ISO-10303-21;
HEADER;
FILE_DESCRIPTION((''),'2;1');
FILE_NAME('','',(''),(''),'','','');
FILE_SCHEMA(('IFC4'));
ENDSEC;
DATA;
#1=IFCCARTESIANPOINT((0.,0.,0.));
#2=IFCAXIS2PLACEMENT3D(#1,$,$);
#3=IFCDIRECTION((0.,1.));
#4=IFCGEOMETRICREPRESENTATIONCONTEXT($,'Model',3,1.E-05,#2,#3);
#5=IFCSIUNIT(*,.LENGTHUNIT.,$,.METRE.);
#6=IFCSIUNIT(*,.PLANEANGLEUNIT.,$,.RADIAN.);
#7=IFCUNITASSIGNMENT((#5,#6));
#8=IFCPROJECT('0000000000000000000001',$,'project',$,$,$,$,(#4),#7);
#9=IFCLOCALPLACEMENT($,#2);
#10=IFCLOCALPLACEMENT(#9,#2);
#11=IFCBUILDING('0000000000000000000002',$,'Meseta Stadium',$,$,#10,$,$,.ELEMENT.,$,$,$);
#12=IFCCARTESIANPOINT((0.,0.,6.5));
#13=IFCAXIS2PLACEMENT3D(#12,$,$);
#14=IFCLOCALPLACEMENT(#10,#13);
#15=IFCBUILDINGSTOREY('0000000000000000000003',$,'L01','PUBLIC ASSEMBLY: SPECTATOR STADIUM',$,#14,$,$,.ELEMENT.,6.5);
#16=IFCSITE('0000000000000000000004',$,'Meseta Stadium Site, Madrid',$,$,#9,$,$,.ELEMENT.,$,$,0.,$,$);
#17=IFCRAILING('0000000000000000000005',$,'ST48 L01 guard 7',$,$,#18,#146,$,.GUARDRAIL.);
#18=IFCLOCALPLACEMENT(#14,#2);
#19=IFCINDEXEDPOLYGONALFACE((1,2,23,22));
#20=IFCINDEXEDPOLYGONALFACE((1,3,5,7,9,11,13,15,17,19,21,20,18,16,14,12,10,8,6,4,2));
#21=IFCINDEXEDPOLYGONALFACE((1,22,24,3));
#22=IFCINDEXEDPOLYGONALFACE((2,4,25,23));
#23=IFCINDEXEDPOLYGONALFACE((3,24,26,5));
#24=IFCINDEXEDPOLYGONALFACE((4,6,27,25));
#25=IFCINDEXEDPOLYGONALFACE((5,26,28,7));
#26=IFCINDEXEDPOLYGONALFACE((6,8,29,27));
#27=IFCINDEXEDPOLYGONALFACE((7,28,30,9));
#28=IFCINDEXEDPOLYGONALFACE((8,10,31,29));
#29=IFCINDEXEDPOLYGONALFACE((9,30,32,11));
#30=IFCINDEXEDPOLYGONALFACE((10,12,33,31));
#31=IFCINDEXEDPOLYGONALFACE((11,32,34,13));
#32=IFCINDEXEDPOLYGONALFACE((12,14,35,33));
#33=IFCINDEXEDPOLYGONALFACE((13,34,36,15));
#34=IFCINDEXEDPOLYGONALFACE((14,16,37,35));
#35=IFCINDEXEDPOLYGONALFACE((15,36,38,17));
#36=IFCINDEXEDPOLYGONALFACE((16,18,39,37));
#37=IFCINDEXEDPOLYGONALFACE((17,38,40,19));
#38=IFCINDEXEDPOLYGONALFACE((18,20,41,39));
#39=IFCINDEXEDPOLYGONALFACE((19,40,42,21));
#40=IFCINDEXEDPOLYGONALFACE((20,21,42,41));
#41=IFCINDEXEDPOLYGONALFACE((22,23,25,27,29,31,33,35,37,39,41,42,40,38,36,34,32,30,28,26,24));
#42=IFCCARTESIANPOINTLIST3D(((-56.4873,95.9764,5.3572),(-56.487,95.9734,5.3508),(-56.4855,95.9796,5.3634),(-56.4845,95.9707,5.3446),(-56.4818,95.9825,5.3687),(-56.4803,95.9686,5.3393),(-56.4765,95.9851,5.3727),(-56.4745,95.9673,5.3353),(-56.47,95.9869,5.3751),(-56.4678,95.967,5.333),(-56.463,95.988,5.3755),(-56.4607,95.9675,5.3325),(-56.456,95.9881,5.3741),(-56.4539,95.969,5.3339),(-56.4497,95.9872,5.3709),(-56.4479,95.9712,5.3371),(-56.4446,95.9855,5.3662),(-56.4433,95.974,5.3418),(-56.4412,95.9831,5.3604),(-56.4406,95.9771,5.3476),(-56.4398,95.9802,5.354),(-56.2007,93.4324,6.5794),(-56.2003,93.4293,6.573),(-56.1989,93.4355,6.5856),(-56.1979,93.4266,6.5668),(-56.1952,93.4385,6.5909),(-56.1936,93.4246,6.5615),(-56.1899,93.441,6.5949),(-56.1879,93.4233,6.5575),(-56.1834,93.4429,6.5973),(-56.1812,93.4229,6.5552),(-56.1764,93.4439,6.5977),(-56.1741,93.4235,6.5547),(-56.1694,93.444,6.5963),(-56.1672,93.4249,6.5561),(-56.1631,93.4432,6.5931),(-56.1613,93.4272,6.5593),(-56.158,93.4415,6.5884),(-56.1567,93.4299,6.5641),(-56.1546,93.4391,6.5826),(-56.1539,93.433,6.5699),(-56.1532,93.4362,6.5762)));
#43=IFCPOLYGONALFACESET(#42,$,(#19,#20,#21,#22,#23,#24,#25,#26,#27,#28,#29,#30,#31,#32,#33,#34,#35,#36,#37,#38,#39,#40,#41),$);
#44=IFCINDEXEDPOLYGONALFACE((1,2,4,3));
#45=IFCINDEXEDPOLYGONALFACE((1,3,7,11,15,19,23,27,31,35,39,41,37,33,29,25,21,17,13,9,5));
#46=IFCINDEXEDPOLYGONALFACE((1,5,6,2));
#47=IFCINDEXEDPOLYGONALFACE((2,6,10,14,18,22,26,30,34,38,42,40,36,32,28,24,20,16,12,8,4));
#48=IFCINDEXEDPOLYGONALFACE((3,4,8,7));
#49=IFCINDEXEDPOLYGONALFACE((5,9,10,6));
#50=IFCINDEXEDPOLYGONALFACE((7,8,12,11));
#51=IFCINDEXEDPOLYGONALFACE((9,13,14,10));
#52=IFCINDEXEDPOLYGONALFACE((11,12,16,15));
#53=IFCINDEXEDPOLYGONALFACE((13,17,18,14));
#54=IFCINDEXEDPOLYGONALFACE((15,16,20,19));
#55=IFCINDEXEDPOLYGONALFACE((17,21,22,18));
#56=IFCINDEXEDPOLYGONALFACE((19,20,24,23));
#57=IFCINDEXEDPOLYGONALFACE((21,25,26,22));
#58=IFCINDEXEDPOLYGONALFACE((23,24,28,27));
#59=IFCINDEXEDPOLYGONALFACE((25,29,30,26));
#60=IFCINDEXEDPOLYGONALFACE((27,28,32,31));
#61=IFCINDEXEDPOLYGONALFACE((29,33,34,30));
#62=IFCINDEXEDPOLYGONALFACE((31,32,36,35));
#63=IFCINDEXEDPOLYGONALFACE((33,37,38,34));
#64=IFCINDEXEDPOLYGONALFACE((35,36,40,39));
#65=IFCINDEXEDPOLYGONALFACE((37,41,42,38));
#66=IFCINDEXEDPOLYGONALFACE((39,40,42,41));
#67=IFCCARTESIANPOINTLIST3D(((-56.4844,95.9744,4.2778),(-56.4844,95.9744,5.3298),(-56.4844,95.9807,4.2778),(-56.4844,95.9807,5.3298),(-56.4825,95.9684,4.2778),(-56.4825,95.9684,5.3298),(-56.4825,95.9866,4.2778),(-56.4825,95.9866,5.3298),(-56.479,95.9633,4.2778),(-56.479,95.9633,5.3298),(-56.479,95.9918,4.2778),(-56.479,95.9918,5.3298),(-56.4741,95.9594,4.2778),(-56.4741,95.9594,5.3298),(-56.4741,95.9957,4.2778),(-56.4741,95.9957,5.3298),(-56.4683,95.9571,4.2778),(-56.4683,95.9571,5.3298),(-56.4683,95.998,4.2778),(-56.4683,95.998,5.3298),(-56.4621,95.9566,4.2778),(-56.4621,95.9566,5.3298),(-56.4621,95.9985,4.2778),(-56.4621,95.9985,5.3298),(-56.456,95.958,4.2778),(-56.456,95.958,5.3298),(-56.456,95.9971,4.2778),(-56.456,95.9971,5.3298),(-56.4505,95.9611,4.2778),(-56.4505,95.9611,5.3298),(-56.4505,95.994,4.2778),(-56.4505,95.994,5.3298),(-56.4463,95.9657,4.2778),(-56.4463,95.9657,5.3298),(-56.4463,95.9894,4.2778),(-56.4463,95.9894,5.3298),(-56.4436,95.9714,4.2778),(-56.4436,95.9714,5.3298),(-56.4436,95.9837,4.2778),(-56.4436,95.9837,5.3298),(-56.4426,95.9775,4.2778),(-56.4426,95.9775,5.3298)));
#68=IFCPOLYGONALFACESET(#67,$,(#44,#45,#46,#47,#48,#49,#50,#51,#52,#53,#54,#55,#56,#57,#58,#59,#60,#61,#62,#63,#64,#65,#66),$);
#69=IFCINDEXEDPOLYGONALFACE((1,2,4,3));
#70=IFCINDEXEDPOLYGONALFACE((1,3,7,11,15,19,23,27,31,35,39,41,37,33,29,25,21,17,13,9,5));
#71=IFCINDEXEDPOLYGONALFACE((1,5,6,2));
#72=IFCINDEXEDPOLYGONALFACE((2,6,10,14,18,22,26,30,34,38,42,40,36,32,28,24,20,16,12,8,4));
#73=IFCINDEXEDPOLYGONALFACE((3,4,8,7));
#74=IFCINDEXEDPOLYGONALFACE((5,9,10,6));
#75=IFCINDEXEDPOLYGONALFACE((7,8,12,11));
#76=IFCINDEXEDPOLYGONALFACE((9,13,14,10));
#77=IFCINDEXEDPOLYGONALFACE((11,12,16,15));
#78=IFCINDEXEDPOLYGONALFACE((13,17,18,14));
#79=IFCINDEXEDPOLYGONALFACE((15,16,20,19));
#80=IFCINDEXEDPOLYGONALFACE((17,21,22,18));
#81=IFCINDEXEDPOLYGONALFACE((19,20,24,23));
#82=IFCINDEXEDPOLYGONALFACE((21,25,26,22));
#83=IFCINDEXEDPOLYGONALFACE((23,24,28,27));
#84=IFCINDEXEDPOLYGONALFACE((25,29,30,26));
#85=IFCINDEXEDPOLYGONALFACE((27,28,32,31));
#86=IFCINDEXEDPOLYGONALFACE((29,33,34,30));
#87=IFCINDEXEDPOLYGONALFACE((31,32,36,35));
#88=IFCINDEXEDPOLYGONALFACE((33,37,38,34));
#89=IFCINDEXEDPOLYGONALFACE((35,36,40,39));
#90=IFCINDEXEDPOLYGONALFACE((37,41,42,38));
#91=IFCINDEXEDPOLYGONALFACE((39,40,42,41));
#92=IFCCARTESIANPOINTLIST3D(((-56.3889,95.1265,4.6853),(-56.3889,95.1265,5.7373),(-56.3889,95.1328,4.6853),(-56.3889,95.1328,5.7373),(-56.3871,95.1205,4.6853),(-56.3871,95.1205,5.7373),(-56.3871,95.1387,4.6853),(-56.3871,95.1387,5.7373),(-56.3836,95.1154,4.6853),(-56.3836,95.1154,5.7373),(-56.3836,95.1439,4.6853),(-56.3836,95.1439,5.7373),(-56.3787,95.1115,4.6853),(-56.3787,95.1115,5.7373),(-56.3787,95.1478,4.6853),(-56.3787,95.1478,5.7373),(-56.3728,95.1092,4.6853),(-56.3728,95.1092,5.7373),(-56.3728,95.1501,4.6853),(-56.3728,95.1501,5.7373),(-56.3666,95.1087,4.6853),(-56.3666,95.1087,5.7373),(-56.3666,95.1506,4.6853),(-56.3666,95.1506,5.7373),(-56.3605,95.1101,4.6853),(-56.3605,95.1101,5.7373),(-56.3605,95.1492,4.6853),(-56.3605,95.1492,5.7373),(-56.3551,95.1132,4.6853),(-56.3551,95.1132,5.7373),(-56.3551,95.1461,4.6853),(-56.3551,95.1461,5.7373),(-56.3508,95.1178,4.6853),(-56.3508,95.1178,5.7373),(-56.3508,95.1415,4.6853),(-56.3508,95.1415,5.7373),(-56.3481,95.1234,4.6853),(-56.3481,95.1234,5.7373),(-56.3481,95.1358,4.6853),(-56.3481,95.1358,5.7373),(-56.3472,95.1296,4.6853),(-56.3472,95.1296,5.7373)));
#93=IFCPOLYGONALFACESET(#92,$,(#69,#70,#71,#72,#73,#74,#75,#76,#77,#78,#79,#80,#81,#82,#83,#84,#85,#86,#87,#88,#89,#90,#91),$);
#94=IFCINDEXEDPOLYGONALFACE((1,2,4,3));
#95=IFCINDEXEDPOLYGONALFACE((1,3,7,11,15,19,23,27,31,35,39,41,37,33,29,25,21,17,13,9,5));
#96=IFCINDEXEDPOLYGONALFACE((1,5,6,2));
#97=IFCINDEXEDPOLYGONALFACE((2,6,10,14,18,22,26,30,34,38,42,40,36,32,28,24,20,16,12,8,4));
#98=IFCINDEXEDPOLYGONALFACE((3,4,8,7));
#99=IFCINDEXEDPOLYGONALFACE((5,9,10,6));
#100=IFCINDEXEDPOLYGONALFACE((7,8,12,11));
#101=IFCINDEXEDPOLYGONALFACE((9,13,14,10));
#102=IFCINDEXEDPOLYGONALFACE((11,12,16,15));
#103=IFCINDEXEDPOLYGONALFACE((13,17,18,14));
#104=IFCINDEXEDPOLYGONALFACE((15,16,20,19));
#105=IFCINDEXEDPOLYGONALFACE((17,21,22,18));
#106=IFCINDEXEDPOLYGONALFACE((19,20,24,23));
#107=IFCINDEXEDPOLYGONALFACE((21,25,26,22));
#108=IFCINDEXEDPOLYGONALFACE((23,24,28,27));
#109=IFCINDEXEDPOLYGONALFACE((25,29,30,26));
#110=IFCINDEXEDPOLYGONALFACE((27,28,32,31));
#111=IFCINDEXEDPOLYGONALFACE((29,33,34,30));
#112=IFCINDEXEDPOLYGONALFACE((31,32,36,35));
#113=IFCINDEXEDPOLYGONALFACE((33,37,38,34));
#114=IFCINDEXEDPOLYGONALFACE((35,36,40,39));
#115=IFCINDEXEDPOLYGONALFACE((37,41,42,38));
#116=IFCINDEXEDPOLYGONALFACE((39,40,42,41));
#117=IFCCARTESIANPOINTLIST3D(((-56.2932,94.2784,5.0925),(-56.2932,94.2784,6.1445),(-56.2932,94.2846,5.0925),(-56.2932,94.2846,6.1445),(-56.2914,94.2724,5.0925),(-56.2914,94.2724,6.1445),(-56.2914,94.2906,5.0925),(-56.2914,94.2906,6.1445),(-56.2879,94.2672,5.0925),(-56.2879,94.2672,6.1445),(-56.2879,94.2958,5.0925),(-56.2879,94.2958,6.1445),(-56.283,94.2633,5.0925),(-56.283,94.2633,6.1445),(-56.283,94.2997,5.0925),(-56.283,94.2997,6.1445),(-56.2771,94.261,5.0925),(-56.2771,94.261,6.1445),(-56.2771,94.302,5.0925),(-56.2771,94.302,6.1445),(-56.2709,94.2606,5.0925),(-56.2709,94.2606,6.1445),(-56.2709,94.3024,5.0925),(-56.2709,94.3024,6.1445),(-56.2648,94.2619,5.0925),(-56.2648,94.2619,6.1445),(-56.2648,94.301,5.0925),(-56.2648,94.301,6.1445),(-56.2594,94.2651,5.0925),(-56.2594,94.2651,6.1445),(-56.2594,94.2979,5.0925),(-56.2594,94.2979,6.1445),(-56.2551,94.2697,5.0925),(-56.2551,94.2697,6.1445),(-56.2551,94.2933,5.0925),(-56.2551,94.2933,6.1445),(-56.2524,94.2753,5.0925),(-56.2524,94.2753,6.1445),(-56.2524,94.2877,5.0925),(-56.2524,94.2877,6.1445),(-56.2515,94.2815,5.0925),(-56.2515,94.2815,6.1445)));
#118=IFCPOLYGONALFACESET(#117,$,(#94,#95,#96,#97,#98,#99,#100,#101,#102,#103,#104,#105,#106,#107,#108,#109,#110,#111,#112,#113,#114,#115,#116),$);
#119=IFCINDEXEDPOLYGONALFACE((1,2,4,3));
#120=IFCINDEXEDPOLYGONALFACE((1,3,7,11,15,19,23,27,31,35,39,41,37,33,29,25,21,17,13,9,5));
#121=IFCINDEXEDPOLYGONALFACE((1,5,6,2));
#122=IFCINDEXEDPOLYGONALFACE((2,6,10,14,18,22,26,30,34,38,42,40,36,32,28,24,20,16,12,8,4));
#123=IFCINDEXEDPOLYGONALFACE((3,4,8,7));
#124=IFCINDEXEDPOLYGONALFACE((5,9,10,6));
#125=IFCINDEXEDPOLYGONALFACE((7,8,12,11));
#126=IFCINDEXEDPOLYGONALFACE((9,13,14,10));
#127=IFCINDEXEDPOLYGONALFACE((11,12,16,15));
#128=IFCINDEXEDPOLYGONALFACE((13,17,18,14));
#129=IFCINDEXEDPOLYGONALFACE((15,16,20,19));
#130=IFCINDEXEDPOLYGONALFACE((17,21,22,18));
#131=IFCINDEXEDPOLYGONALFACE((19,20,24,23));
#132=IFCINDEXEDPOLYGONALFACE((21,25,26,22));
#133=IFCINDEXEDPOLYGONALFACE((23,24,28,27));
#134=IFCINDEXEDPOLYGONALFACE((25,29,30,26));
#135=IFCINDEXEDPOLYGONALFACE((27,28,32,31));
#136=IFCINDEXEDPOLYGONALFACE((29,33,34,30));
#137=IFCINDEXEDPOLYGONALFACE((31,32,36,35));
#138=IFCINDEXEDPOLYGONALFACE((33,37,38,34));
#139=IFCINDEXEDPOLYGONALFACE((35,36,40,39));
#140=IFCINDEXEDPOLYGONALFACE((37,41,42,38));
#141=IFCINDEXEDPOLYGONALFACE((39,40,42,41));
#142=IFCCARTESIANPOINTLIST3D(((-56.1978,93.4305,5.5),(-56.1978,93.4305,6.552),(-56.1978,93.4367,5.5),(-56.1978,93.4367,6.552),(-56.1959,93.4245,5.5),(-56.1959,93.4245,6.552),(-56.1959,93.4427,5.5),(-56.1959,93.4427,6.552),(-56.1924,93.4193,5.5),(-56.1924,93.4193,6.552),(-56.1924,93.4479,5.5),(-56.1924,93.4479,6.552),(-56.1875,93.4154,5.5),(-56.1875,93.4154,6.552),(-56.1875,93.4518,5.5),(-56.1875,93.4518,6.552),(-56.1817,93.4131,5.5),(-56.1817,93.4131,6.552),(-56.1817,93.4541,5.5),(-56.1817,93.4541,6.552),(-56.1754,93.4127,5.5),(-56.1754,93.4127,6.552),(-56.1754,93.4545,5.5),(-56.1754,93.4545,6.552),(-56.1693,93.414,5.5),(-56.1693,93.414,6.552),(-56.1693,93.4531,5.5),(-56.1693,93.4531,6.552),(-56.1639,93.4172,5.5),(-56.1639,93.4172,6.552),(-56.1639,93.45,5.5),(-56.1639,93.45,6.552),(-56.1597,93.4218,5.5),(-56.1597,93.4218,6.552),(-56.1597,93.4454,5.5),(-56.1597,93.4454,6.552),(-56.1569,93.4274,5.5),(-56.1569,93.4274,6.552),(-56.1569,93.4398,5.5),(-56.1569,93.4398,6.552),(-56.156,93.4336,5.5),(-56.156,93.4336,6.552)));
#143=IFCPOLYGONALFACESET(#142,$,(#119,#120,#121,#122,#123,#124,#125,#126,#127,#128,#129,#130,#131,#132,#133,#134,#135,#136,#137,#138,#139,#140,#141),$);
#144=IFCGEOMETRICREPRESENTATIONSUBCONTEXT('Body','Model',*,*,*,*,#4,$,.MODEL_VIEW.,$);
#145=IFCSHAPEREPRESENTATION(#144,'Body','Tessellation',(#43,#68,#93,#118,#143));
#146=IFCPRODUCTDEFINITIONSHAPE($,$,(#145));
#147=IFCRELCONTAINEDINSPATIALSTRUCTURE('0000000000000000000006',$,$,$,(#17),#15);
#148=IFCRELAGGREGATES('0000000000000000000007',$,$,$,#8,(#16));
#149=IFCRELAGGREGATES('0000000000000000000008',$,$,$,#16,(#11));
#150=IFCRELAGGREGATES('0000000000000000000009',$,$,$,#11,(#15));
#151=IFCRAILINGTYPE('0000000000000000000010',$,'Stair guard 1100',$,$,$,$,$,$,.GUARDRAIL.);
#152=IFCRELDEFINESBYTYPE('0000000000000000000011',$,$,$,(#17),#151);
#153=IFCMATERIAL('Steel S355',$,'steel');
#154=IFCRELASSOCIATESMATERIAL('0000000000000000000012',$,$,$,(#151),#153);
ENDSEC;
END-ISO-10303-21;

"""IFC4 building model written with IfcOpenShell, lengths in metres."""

from ifc_helpers import new_model, si_unit, direction, frame, origin, origin_2d, place, context, subcontext, project, spatial, circle, extrude, material, type_object, element, save


model = new_model("IFC4")

# Units and contexts
model_context = context("Model", 3, precision=1e-05, world=origin(), true_north=direction((0.0, 1.0)))
body_context = subcontext(model_context, "Body", "Model", "MODEL_VIEW")
ifc_project = project(units=[si_unit("LENGTHUNIT", "METRE"), si_unit("PLANEANGLEUNIT", "RADIAN")], contexts=[model_context])

# Site, building, storey
site_placement = place(None, origin())
site = spatial("IfcSite", under=ifc_project, at=site_placement, Name="Meseta Stadium Site, Madrid", CompositionType="ELEMENT", RefElevation=0.0)
building_placement = place(site_placement, origin())
building = spatial("IfcBuilding", under=site, at=building_placement, Name="Meseta Stadium", CompositionType="ELEMENT")
storey_placement = place(building_placement, frame((0.0, 0.0, 6.5)))
storey = spatial("IfcBuildingStorey", under=building, at=storey_placement, Name="L01", Description="PUBLIC ASSEMBLY: SPECTATOR STADIUM", CompositionType="ELEMENT", Elevation=6.5)

# Railing
ifc_material_1 = material(Name="Steel S355", Category="steel")
railing_type_1 = type_object("IfcRailingType", Name="Stair guard 1100", PredefinedType="GUARDRAIL", material=ifc_material_1)
railing_1_placement = place(storey_placement, frame((-56.4636, 95.9775, 4.2778)))
element("IfcRailing", 1, at=railing_1_placement, inside=storey, type_object=railing_type_1, Name="ST48 L01 guard 7", PredefinedType="GUARDRAIL", context=body_context, shape_type="SweptSolid", body=[
    extrude(circle(Radius=0.0239, at=origin_2d()), frame((0.0, 0.0, 1.0762), z_axis=(0.101036, -0.896762, 0.430824), x_axis=(0.993713, 0.11196, 0.0)), (0.0, 0.0, 1.0), 2.8369),
    extrude(circle(Radius=0.021, at=origin_2d()), origin(), (0.0, 0.0, 1.0), 1.052),
    extrude(circle(Radius=0.021, at=origin_2d()), frame((0.0955, -0.8479, 0.4075)), (0.0, 0.0, 1.0), 1.052),
    extrude(circle(Radius=0.021, at=origin_2d()), frame((0.1912, -1.696, 0.8147)), (0.0, 0.0, 1.0), 1.052),
    extrude(circle(Radius=0.021, at=origin_2d()), frame((0.2866, -2.5439, 1.2222)), (0.0, 0.0, 1.0), 1.052),
])

save(model, "model.ifc")
